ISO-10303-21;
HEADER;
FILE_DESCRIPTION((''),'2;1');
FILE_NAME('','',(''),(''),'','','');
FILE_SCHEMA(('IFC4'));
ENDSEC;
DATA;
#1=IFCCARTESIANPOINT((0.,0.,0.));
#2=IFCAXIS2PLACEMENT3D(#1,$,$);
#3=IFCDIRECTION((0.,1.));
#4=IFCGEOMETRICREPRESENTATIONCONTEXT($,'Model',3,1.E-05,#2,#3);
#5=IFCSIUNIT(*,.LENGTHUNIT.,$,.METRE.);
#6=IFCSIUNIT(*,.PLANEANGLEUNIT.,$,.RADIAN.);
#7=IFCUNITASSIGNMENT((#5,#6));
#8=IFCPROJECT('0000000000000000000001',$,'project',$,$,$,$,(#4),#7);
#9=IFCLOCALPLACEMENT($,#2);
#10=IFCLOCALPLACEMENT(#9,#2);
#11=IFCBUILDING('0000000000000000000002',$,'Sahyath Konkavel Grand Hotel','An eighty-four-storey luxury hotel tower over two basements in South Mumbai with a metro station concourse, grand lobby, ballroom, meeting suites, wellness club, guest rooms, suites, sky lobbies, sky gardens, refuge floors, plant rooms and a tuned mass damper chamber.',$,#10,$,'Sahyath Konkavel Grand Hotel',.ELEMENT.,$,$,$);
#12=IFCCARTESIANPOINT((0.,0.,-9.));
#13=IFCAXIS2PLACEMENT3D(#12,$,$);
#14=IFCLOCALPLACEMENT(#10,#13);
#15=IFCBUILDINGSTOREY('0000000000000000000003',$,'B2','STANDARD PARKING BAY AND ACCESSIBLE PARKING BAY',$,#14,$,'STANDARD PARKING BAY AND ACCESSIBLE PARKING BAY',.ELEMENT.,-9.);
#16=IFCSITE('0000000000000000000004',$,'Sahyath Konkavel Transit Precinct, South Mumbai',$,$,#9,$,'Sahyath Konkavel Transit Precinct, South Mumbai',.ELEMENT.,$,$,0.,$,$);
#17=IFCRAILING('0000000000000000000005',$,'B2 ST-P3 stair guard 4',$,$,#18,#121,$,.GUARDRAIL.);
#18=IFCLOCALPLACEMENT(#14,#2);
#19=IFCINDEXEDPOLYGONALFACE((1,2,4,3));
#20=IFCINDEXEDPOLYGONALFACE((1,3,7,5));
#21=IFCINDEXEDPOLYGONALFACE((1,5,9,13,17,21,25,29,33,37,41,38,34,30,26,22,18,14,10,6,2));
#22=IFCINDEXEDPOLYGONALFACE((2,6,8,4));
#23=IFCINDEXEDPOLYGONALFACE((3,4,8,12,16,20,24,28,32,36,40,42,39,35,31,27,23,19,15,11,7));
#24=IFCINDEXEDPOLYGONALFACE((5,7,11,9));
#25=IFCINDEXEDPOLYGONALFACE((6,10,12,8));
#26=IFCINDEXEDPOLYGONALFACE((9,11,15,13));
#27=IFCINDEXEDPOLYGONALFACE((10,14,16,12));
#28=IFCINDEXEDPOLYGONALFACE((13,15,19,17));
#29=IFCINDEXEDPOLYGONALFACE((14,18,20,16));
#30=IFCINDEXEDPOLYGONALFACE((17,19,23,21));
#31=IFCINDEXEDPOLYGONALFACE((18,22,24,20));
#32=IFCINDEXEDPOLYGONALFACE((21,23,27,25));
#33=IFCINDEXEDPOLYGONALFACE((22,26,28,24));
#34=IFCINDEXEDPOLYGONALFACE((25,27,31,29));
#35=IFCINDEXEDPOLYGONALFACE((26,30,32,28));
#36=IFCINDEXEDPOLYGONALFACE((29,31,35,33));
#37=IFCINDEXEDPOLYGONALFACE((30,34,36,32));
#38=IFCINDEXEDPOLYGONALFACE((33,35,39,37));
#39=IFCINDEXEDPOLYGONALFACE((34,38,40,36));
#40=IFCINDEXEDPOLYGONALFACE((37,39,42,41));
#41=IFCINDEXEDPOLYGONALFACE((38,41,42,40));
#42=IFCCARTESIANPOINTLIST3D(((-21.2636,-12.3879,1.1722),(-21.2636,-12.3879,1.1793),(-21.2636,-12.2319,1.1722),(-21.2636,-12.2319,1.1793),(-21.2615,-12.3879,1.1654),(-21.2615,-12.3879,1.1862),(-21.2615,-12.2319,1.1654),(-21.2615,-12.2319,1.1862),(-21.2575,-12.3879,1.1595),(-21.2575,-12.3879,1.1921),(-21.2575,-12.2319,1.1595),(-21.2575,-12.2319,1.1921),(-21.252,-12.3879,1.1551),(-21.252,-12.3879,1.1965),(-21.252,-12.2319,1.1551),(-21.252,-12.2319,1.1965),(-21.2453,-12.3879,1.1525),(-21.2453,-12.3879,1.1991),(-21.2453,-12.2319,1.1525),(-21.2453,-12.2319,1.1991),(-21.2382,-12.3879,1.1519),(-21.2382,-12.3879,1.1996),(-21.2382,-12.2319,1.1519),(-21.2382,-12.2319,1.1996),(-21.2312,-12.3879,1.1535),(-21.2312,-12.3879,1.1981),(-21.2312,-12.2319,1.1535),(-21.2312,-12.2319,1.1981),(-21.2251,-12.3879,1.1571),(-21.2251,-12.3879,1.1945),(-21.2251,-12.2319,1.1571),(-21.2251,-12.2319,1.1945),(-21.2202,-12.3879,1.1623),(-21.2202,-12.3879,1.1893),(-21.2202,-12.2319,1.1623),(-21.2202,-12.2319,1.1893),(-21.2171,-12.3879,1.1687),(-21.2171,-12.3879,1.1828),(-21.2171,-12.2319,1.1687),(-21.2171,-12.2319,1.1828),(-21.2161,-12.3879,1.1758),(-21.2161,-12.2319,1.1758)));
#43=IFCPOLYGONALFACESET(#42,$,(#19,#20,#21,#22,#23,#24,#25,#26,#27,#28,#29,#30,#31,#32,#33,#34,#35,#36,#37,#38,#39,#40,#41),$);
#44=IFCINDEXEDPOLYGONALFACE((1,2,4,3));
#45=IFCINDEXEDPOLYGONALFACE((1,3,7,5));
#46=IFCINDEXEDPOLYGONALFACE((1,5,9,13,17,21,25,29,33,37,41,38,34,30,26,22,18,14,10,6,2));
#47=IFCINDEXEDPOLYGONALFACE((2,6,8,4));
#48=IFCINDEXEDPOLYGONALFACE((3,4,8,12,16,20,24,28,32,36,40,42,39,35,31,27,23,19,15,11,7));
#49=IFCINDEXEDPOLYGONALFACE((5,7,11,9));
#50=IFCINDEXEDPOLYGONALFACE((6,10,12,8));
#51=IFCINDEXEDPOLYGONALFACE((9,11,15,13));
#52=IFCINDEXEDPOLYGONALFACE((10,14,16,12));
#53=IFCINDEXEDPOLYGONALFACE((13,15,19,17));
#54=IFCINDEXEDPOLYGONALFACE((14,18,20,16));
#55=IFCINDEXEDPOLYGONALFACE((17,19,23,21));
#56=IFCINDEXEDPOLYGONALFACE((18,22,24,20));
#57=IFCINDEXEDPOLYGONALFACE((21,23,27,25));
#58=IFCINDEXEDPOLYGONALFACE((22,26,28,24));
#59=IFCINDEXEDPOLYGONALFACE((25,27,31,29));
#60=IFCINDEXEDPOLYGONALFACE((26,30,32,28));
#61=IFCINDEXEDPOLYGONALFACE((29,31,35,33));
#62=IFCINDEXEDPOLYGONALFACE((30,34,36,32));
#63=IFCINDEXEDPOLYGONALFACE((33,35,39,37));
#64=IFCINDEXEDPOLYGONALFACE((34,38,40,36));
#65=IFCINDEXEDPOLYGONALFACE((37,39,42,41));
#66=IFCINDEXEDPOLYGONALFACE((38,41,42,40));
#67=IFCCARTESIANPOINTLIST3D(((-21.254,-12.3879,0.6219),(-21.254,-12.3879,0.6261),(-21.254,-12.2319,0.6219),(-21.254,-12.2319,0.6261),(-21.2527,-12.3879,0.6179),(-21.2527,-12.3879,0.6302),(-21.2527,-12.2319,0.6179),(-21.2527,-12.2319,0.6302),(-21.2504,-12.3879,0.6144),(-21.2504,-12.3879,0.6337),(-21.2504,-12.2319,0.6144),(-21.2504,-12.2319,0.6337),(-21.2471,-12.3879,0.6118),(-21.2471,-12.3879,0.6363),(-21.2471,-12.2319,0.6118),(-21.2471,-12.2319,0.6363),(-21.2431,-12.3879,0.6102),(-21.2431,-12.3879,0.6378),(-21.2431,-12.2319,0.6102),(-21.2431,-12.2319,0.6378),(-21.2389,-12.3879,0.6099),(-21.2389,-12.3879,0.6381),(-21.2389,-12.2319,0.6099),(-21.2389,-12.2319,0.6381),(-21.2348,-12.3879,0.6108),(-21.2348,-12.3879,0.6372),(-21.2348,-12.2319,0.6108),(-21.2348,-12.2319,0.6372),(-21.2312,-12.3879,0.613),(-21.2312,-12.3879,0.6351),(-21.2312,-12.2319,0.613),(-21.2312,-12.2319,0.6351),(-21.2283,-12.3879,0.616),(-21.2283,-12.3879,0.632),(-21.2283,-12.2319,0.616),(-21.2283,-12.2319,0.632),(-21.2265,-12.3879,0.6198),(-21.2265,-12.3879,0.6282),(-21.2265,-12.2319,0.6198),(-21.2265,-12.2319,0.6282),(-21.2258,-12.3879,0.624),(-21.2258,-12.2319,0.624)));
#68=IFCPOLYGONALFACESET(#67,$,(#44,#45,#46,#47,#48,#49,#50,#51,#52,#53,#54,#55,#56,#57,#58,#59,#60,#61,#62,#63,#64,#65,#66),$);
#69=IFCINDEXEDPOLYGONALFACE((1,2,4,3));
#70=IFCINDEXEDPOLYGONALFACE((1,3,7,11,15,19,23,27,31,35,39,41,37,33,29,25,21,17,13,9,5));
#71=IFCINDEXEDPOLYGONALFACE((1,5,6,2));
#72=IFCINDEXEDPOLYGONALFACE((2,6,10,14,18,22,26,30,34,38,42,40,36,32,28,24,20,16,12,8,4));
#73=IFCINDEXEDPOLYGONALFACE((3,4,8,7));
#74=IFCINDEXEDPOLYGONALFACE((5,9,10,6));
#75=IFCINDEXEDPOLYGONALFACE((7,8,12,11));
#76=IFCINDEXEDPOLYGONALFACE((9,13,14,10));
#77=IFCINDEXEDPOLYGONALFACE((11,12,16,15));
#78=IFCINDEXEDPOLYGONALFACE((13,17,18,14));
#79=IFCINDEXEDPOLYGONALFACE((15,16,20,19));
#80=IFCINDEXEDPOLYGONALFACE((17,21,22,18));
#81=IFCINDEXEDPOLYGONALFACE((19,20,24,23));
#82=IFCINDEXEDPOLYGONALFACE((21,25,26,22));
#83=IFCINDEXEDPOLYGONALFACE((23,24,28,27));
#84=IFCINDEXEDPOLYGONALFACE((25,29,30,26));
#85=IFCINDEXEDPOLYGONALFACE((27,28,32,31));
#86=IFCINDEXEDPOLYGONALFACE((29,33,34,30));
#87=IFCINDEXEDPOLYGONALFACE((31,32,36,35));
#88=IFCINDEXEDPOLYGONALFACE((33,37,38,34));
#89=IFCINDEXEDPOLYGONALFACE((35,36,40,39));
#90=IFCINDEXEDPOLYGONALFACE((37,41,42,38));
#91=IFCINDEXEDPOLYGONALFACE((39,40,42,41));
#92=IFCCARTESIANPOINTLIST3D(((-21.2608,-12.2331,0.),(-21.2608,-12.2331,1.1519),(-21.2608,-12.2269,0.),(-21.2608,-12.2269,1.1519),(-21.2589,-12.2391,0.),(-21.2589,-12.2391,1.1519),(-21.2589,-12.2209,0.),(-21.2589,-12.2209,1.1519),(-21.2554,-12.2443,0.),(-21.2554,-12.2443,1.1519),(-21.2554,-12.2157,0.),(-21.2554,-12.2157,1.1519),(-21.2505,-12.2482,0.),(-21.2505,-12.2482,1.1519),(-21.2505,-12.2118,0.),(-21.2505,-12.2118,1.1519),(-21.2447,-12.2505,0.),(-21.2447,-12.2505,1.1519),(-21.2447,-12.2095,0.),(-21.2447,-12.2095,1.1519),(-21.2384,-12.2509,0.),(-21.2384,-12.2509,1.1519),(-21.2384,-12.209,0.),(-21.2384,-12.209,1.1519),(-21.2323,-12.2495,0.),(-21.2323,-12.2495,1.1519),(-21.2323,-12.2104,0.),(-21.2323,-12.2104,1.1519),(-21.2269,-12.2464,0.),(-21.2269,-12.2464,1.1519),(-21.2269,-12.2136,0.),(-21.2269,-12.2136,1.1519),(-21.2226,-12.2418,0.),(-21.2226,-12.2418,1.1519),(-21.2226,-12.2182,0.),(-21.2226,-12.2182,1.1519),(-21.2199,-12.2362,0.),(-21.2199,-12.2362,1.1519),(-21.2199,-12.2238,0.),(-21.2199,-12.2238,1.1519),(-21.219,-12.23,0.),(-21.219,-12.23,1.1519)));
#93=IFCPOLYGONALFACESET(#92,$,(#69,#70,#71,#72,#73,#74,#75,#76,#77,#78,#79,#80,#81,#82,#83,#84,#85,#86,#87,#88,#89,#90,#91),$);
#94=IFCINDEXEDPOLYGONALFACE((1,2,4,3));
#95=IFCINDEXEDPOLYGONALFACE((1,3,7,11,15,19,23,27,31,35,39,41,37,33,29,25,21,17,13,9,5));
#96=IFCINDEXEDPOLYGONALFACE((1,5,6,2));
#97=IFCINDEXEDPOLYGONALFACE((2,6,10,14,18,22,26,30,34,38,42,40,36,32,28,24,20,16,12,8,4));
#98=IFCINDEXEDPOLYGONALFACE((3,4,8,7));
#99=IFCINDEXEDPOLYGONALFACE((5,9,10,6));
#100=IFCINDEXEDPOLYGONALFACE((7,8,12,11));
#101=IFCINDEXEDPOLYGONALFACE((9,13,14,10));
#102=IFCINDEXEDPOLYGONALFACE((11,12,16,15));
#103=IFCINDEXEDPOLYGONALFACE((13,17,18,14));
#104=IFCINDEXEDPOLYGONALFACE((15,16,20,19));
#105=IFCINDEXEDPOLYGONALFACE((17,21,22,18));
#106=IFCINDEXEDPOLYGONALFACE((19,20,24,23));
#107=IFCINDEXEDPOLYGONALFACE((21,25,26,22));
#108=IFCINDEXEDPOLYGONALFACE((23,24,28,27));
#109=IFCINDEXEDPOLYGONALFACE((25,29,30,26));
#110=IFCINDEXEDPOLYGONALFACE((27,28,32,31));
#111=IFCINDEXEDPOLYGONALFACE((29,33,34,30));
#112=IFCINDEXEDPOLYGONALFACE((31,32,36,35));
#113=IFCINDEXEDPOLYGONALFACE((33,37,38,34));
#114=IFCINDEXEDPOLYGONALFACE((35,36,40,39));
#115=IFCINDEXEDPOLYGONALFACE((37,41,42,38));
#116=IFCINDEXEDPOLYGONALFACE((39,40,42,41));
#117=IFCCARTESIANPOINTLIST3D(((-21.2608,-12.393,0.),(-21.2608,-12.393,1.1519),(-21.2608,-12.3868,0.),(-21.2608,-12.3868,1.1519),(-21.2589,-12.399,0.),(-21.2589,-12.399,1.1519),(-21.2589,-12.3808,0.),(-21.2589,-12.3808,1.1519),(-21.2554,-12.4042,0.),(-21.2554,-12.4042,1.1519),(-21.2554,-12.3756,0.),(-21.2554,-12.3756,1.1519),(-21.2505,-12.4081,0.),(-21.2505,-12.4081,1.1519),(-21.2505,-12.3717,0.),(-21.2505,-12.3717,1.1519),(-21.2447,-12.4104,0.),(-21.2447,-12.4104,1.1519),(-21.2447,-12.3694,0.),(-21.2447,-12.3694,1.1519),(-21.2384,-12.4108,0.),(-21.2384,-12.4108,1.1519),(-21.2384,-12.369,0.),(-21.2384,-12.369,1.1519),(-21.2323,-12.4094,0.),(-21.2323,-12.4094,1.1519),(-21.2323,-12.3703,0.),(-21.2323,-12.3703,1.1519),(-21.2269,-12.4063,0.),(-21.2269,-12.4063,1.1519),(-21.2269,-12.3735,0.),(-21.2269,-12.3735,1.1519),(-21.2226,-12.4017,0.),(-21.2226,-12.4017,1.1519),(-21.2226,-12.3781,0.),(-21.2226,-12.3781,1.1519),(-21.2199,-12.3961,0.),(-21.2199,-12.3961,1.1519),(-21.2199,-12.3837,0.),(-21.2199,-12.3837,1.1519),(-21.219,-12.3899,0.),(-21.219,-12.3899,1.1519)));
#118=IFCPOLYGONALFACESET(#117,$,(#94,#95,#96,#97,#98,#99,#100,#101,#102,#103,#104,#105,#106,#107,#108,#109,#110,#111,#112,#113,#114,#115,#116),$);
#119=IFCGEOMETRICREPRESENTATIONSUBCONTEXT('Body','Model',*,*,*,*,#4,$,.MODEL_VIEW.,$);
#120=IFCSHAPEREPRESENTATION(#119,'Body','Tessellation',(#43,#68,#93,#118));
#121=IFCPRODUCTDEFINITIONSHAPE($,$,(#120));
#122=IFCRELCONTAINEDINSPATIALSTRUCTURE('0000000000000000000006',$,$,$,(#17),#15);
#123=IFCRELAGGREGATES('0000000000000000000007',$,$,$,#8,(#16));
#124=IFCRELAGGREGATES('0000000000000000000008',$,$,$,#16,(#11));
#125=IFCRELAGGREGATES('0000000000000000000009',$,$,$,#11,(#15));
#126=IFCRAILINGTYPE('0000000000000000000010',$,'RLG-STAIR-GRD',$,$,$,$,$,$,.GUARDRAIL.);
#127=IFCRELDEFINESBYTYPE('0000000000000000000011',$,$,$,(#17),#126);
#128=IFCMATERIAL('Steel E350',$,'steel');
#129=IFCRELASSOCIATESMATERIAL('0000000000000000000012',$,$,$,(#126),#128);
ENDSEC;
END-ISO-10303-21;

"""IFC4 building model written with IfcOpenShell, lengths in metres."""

from ifc_helpers import new_model, si_unit, direction, frame, origin, origin_2d, place, context, subcontext, project, spatial, circle, extrude, material, type_object, element, save


model = new_model("IFC4")

# Units and contexts
model_context = context("Model", 3, precision=1e-05, world=origin(), true_north=direction((0.0, 1.0)))
body_context = subcontext(model_context, "Body", "Model", "MODEL_VIEW")
ifc_project = project(units=[si_unit("LENGTHUNIT", "METRE"), si_unit("PLANEANGLEUNIT", "RADIAN")], contexts=[model_context])

# Site, building, storey
site_placement = place(None, origin())
site = spatial("IfcSite", under=ifc_project, at=site_placement, Name="Sahyath Konkavel Transit Precinct, South Mumbai", LongName="Sahyath Konkavel Transit Precinct, South Mumbai", CompositionType="ELEMENT", RefElevation=0.0)
building_placement = place(site_placement, origin())
building = spatial("IfcBuilding", under=site, at=building_placement, Name="Sahyath Konkavel Grand Hotel", Description="An eighty-four-storey luxury hotel tower over two basements in South Mumbai with a metro station concourse, grand lobby, ballroom, meeting suites, wellness club, guest rooms, suites, sky lobbies, sky gardens, refuge floors, plant rooms and a tuned mass damper chamber.", LongName="Sahyath Konkavel Grand Hotel", CompositionType="ELEMENT")
storey_placement = place(building_placement, frame((0.0, 0.0, -9.0)))
storey = spatial("IfcBuildingStorey", under=building, at=storey_placement, Name="B2", Description="STANDARD PARKING BAY AND ACCESSIBLE PARKING BAY", LongName="STANDARD PARKING BAY AND ACCESSIBLE PARKING BAY", CompositionType="ELEMENT", Elevation=-9.0)

# Shared definitions
ifc_material_1 = material(Name="Steel E350", Category="steel")

# Railing
railing_type_1 = type_object("IfcRailingType", Name="RLG-STAIR-GRD", PredefinedType="GUARDRAIL", material=ifc_material_1)
railing_1_placement = place(storey_placement, frame((-21.24, -12.23, 0.0)))
element("IfcRailing", 1, at=railing_1_placement, inside=storey, type_object=railing_type_1, Name="B2 ST-P3 stair guard 4", PredefinedType="GUARDRAIL", context=body_context, shape_type="SweptSolid", body=[
    extrude(circle(Radius=0.0239, at=origin_2d()), frame((0.0, -0.002, 1.1758), z_axis=(0.0, -1.0, 0.0), x_axis=(1.0, 0.0, 0.0)), (0.0, 0.0, 1.0), 0.156),
    extrude(circle(Radius=0.0142, at=origin_2d()), frame((0.0, -0.002, 0.624), z_axis=(0.0, -1.0, 0.0), x_axis=(1.0, 0.0, 0.0)), (0.0, 0.0, 1.0), 0.156),
    extrude(circle(Radius=0.021, at=origin_2d()), origin(), (0.0, 0.0, 1.0), 1.1519),
    extrude(circle(Radius=0.021, at=origin_2d()), frame((0.0, -0.1599, 0.0)), (0.0, 0.0, 1.0), 1.1519),
])

save(model, "model.ifc")
